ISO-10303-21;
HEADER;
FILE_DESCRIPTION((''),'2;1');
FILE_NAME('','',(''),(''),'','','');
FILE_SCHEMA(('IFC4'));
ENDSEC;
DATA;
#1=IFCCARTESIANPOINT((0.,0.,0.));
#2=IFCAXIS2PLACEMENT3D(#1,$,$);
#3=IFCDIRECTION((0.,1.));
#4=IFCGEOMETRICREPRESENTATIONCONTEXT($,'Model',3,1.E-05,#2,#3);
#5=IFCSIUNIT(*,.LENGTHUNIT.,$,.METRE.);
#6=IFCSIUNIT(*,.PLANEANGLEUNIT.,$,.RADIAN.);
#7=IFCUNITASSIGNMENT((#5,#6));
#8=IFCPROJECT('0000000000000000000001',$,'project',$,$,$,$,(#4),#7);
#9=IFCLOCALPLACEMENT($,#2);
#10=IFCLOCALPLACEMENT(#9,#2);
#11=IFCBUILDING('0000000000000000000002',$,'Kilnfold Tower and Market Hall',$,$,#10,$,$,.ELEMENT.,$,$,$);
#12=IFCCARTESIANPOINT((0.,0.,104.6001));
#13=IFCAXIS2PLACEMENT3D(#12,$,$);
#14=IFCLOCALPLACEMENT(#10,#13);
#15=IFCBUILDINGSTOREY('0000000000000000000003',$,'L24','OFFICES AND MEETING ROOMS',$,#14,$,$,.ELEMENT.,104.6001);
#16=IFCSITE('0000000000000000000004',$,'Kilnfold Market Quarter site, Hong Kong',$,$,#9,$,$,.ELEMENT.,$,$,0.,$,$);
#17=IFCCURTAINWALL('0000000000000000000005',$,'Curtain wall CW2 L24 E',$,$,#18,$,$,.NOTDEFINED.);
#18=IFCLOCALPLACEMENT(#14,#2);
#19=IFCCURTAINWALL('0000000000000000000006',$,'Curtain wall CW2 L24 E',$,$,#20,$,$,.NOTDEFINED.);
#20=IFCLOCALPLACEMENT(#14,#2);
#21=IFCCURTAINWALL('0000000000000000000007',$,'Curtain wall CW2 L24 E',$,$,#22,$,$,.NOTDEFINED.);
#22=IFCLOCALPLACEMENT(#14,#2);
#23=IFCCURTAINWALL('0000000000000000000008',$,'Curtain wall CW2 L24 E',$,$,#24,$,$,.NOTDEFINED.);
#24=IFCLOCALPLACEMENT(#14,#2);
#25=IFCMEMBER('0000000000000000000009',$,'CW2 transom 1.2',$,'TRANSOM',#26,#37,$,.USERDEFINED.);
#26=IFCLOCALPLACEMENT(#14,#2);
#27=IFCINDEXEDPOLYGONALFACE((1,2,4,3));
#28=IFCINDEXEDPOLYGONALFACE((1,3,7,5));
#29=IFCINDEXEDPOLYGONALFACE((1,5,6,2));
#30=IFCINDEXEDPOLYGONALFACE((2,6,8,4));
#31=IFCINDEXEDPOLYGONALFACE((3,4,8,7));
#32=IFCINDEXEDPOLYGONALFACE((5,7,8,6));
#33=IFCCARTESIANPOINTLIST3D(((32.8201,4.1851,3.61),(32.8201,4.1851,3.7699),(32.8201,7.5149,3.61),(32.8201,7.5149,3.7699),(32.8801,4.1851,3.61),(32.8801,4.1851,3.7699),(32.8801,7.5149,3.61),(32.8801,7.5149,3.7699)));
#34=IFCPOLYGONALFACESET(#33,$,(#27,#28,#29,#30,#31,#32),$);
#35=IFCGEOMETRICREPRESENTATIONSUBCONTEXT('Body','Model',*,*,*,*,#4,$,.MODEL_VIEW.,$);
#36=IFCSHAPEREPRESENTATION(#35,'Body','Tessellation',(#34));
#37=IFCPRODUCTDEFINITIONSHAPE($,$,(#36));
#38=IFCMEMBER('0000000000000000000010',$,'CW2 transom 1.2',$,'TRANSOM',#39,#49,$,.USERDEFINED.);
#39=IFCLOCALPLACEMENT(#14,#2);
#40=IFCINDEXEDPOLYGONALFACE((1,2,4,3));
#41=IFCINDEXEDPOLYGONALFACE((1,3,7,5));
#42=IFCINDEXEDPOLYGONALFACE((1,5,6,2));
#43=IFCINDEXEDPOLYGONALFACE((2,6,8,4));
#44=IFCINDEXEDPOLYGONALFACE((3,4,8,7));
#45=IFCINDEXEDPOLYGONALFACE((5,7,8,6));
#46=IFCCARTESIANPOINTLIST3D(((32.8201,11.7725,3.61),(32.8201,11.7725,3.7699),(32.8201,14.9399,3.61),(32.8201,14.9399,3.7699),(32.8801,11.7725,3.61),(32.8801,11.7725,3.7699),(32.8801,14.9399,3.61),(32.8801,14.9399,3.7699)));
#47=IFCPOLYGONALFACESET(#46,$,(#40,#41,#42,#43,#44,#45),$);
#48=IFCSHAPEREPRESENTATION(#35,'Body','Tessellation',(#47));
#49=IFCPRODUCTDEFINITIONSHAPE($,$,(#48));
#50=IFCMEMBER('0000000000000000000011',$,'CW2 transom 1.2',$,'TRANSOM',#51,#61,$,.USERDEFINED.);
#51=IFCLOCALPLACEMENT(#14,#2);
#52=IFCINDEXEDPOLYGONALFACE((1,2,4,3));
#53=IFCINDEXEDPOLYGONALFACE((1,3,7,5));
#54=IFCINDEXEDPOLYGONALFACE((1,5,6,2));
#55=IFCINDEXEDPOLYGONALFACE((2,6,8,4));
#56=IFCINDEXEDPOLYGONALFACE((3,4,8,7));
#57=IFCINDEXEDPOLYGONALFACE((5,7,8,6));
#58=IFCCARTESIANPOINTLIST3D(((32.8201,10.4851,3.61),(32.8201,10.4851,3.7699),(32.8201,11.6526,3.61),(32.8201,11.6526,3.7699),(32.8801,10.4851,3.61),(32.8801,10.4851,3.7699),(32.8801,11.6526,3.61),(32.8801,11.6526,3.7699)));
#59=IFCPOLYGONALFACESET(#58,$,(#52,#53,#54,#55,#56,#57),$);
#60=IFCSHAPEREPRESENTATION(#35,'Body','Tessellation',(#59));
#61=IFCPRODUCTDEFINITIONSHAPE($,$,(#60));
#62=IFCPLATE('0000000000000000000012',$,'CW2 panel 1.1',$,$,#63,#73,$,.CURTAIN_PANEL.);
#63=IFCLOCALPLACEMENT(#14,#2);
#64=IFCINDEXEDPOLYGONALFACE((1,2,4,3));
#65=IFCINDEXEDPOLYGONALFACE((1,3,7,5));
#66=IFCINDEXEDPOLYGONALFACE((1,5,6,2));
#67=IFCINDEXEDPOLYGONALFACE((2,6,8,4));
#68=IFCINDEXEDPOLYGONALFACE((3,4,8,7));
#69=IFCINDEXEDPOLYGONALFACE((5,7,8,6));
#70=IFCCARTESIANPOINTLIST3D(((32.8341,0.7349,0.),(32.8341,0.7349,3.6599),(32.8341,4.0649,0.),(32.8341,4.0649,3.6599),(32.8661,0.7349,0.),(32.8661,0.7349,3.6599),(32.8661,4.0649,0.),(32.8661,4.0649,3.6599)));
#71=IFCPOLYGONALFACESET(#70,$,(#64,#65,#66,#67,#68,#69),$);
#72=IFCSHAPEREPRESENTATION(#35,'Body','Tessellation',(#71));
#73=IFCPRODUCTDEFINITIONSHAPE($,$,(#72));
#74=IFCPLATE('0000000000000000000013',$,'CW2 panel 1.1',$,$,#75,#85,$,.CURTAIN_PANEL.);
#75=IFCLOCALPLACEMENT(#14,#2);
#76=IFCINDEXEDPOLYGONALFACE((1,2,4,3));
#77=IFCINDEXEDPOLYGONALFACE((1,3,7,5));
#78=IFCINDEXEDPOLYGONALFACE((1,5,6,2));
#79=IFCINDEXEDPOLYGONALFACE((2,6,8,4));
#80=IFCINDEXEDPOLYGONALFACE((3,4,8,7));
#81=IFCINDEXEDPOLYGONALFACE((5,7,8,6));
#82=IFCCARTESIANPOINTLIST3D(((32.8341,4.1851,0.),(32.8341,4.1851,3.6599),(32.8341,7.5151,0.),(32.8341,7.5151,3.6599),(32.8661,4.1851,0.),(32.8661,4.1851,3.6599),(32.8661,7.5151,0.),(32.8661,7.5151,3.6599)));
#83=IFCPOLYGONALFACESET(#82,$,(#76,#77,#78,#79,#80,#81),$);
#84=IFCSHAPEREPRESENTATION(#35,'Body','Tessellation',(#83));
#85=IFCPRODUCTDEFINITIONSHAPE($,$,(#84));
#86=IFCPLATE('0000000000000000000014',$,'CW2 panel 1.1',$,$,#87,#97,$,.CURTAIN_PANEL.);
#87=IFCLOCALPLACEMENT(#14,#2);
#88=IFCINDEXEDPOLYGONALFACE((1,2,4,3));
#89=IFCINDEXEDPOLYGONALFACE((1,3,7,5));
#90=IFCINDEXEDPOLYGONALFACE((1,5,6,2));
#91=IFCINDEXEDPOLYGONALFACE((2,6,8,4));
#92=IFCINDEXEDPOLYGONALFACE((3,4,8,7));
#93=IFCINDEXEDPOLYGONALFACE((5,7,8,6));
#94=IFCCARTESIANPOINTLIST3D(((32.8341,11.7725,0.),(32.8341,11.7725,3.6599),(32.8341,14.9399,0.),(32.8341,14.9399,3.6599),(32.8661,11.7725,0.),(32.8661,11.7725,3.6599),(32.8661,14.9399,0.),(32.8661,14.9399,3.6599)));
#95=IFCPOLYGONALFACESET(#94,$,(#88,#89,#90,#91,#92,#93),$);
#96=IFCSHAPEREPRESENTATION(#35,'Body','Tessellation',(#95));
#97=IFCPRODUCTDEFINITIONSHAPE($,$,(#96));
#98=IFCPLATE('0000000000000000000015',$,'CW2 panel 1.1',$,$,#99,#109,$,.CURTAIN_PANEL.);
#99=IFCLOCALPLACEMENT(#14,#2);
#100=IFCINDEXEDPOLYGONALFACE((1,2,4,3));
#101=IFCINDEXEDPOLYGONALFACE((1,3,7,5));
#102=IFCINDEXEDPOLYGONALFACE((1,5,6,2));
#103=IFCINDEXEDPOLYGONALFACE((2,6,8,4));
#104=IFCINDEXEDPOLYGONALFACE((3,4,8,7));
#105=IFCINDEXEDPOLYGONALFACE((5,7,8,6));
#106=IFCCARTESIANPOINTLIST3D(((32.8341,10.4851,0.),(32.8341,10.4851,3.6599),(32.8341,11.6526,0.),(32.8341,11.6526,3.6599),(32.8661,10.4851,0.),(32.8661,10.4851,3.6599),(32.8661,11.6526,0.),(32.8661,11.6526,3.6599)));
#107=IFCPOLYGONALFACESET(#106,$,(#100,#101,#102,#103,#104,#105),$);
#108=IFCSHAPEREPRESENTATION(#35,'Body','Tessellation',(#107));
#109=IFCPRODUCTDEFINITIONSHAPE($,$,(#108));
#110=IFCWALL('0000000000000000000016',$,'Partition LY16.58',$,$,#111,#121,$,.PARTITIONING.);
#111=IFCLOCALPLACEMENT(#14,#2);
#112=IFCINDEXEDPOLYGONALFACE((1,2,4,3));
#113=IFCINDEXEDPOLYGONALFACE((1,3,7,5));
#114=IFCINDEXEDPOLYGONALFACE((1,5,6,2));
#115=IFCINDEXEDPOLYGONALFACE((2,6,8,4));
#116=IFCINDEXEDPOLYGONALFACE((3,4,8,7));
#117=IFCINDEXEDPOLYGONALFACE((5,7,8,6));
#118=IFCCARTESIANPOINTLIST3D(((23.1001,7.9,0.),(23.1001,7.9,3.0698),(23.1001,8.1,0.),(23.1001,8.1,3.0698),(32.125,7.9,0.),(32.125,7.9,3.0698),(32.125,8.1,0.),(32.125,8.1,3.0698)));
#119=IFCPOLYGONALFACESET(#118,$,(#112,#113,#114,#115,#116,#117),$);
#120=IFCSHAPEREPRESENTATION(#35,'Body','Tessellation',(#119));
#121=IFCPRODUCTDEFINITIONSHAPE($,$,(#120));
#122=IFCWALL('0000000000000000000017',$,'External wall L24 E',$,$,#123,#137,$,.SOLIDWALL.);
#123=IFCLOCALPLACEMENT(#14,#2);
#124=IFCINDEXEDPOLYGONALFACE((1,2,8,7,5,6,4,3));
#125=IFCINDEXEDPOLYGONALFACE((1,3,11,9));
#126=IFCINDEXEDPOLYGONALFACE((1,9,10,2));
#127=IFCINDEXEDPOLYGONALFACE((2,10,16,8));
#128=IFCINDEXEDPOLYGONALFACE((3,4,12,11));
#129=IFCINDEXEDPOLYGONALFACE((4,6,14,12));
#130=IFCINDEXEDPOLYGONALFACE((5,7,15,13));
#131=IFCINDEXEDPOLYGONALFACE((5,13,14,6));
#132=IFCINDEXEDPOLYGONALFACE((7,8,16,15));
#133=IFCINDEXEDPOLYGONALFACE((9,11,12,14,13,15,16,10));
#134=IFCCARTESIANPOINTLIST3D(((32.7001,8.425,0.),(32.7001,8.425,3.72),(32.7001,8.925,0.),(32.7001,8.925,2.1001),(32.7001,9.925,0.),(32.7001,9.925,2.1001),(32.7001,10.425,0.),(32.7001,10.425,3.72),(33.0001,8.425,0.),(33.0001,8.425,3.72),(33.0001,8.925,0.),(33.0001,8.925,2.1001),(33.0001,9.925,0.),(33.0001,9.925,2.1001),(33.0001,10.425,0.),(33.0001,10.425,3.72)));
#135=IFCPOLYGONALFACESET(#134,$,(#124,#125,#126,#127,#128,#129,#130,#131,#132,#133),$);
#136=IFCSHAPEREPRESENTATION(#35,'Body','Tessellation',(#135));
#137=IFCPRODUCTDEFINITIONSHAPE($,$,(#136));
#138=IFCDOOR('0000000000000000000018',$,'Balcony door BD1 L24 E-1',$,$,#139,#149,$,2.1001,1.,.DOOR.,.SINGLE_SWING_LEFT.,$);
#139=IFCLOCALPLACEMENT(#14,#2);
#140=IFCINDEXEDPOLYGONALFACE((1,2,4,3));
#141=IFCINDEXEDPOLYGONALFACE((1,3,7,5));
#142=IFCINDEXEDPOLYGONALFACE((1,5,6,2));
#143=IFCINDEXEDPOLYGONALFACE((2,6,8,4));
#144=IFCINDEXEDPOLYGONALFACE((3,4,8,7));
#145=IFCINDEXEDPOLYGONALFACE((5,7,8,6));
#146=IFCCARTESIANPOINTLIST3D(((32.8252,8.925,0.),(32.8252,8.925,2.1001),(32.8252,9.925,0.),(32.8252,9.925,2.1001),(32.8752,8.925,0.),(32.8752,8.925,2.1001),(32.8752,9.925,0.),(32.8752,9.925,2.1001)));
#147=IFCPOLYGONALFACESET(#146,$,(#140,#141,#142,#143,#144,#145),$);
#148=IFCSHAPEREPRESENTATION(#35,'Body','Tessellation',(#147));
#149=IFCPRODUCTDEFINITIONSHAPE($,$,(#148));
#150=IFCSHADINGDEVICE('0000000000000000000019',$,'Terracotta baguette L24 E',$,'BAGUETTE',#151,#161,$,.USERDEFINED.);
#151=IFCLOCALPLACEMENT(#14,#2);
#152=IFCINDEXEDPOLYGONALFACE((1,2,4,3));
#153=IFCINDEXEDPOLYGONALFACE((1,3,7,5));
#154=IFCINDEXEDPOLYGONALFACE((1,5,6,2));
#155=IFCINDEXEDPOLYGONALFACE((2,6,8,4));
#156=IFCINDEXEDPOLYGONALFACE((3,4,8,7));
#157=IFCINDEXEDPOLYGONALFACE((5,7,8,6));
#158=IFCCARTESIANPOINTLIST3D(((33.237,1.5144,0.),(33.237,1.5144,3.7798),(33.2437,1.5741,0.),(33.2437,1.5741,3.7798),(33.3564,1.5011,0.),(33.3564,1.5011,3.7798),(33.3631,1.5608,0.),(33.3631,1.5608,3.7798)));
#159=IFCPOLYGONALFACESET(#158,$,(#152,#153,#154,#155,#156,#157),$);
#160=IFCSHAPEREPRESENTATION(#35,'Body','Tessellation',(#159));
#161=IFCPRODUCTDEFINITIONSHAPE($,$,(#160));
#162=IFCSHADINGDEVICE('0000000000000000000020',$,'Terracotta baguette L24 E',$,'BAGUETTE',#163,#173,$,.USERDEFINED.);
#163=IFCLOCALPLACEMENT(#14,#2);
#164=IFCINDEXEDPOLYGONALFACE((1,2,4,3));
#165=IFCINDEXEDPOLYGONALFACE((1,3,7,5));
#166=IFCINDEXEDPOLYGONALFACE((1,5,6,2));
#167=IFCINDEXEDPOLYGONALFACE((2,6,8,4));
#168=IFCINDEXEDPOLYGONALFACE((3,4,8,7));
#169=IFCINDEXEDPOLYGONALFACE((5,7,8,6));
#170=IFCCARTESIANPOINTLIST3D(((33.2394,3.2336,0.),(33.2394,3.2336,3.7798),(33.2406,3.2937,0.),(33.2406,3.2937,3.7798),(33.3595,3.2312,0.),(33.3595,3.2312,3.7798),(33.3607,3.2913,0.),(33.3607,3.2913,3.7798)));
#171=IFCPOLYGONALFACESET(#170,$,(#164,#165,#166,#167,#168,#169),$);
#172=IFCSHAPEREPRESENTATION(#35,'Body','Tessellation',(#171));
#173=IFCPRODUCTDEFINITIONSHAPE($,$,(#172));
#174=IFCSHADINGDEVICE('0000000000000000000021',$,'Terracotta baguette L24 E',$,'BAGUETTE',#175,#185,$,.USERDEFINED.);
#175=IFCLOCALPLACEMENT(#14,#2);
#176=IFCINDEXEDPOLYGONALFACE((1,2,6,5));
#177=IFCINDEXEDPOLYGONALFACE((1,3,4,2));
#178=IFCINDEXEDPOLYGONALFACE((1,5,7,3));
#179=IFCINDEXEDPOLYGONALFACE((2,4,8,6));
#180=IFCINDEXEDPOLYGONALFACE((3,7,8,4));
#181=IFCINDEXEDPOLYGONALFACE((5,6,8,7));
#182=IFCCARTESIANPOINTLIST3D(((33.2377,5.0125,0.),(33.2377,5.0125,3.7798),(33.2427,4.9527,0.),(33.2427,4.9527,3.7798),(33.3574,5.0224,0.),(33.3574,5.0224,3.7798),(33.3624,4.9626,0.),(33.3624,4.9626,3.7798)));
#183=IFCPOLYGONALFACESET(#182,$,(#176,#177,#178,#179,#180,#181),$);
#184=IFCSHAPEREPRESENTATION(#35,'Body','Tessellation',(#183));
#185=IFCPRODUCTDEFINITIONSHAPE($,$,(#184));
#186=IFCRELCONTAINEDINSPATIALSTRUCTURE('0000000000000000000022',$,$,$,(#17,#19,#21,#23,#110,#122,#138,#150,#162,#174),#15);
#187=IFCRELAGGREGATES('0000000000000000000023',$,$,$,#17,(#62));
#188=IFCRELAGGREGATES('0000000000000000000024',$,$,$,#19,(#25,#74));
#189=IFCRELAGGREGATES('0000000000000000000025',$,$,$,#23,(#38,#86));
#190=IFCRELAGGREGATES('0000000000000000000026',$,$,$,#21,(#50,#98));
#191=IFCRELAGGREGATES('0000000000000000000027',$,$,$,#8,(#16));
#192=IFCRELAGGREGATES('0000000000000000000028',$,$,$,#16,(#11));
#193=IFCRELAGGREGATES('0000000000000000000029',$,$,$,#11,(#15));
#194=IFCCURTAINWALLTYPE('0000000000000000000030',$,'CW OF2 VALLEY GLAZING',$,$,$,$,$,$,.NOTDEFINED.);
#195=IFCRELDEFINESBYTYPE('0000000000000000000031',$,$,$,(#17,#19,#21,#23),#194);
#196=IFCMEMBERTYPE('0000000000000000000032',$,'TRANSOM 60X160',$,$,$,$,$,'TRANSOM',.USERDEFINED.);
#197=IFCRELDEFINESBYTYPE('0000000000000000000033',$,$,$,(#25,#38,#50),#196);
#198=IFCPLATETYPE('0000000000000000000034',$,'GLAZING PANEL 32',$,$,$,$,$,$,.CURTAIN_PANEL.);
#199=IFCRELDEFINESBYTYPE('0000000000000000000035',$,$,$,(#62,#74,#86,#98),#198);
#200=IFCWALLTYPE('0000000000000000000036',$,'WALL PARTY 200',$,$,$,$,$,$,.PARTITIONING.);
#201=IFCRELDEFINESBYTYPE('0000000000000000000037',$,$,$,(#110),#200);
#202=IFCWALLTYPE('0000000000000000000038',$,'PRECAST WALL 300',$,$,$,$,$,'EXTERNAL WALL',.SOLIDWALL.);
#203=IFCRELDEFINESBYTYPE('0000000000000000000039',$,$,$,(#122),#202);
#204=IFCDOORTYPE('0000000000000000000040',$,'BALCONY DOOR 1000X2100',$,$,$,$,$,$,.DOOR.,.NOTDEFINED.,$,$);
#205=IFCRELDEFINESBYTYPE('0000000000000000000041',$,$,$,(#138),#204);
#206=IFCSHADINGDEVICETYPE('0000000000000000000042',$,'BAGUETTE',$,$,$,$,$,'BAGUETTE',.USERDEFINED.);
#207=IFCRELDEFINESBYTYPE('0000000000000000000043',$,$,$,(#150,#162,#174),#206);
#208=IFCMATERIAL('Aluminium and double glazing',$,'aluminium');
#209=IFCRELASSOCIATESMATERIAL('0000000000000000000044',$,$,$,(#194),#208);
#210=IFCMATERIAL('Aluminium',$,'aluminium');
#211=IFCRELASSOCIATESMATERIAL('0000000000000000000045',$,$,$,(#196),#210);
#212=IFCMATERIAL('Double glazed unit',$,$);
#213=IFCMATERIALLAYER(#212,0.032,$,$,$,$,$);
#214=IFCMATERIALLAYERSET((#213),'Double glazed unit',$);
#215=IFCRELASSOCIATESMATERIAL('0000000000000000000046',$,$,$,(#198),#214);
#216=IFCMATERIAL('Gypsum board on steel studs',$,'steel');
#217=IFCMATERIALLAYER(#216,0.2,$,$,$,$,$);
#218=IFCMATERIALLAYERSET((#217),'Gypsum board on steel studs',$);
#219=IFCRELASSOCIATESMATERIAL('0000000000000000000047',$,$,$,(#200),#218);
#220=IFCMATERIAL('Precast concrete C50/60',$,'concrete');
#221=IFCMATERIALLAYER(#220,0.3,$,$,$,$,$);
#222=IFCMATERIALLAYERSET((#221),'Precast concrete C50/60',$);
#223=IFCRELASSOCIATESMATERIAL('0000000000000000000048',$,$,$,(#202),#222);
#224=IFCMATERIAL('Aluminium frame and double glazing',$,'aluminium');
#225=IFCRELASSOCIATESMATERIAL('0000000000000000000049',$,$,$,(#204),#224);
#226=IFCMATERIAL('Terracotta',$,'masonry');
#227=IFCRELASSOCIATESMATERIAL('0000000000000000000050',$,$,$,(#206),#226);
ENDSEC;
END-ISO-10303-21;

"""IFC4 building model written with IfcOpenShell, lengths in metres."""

from ifc_helpers import new_model, si_unit, direction, frame, frame_2d, origin, origin_2d, place, context, subcontext, project, spatial, rectangle, extrude, source, transform, mapped, material, layer, layer_set, material_profile, profile_set, type_object, element, fill, aggregate, save


model = new_model("IFC4")

# Units and contexts
model_context = context("Model", 3, precision=1e-05, world=origin(), true_north=direction((0.0, 1.0)))
body_context = subcontext(model_context, "Body", "Model", "MODEL_VIEW")
ifc_project = project(units=[si_unit("LENGTHUNIT", "METRE"), si_unit("PLANEANGLEUNIT", "RADIAN")], contexts=[model_context])

# Site, building, storey
site_placement = place(None, origin())
site = spatial("IfcSite", under=ifc_project, at=site_placement, Name="Kilnfold Market Quarter site, Hong Kong", CompositionType="ELEMENT", RefElevation=0.0)
building_placement = place(site_placement, origin())
building = spatial("IfcBuilding", under=site, at=building_placement, Name="Kilnfold Tower and Market Hall", CompositionType="ELEMENT")
storey_placement = place(building_placement, frame((0.0, 0.0, 104.6001)))
storey = spatial("IfcBuildingStorey", under=building, at=storey_placement, Name="L24", Description="OFFICES AND MEETING ROOMS", CompositionType="ELEMENT", Elevation=104.6001)

# Curtain walls
ifc_material_1 = material(Name="Aluminium and double glazing", Category="aluminium")
curtain_wall_type = type_object("IfcCurtainWallType", Name="CW OF2 VALLEY GLAZING", PredefinedType="NOTDEFINED", material=ifc_material_1)
curtain_wall_1_placement = place(storey_placement, origin())
curtain_wall_1 = element("IfcCurtainWall", 1, at=curtain_wall_1_placement, inside=storey, type_object=curtain_wall_type, Name="Curtain wall CW2 L24 E", PredefinedType="NOTDEFINED")
curtain_wall_2_placement = place(storey_placement, origin())
curtain_wall_2 = element("IfcCurtainWall", 2, at=curtain_wall_2_placement, inside=storey, type_object=curtain_wall_type, Name="Curtain wall CW2 L24 E", PredefinedType="NOTDEFINED")
curtain_wall_3_placement = place(storey_placement, origin())
curtain_wall_3 = element("IfcCurtainWall", 3, at=curtain_wall_3_placement, inside=storey, type_object=curtain_wall_type, Name="Curtain wall CW2 L24 E", PredefinedType="NOTDEFINED")

# Curtain wall
curtain_wall_4_placement = place(storey_placement, origin())
curtain_wall_4 = element("IfcCurtainWall", 4, at=curtain_wall_4_placement, inside=storey, type_object=curtain_wall_type, Name="Curtain wall CW2 L24 E", PredefinedType="NOTDEFINED")

# Members
ifc_material_2 = material(Name="Aluminium", Category="aluminium")
ifc_material_profile_1 = material_profile(ifc_material_2, rectangle(XDim=0.0601, YDim=0.1599, at=origin_2d()), Name="TRANSOM 60x160")
ifc_profile_set_1 = profile_set([ifc_material_profile_1], Name="Aluminium")
member_type_1 = type_object("IfcMemberType", Name="TRANSOM 60X160", ElementType="TRANSOM", PredefinedType="USERDEFINED", material=ifc_profile_set_1)
shared_shape_1 = source(origin(), body_context, "Body", "SweptSolid", [
    extrude(rectangle(XDim=0.0601, YDim=0.1599, at=origin_2d()), origin(), (0.0, 0.0, 1.0), 3.3298),
])
member_1_placement = place(storey_placement, frame((32.8501, 4.1851, 3.6899), z_axis=(0.0, 1.0, 0.0), x_axis=(-1.0, 0.0, 0.0)))
member_1 = element("IfcMember", 5, at=member_1_placement, type_object=member_type_1, Name="CW2 transom 1.2", ObjectType="TRANSOM", PredefinedType="USERDEFINED", context=body_context, shape_type="MappedRepresentation", body=[
    mapped(shared_shape_1, transform((0.0, 0.0, 0.0))),
])
shared_shape_2 = source(origin(), body_context, "Body", "SweptSolid", [
    extrude(rectangle(XDim=0.0601, YDim=0.1599, at=origin_2d()), origin(), (0.0, 0.0, 1.0), 3.1675),
])
member_2_placement = place(storey_placement, frame((32.8501, 11.7725, 3.6899), z_axis=(0.0, 1.0, 0.0), x_axis=(-1.0, 0.0, 0.0)))
member_2 = element("IfcMember", 6, at=member_2_placement, type_object=member_type_1, Name="CW2 transom 1.2", ObjectType="TRANSOM", PredefinedType="USERDEFINED", context=body_context, shape_type="MappedRepresentation", body=[
    mapped(shared_shape_2, transform((0.0, 0.0, 0.0))),
])
shared_shape_3 = source(origin(), body_context, "Body", "SweptSolid", [
    extrude(rectangle(XDim=0.0601, YDim=0.1599, at=origin_2d()), origin(), (0.0, 0.0, 1.0), 1.1675),
])
member_3_placement = place(storey_placement, frame((32.8501, 10.4851, 3.6899), z_axis=(0.0, 1.0, 0.0), x_axis=(-1.0, 0.0, 0.0)))
member_3 = element("IfcMember", 7, at=member_3_placement, type_object=member_type_1, Name="CW2 transom 1.2", ObjectType="TRANSOM", PredefinedType="USERDEFINED", context=body_context, shape_type="MappedRepresentation", body=[
    mapped(shared_shape_3, transform((0.0, 0.0, 0.0))),
])

# Plates
ifc_material_3 = material(Name="Double glazed unit")
ifc_layer_1 = layer(ifc_material_3, 0.032)
ifc_layer_set_1 = layer_set([ifc_layer_1], Name="Double glazed unit")
plate_type = type_object("IfcPlateType", Name="GLAZING PANEL 32", PredefinedType="CURTAIN_PANEL", material=ifc_layer_set_1)
shared_shape_4 = source(origin(), body_context, "Body", "SweptSolid", [
    extrude(rectangle(XDim=3.3301, YDim=0.032, at=origin_2d()), origin(), (0.0, 0.0, 1.0), 3.6599),
])
plate_1_placement = place(storey_placement, frame((32.8501, 2.3999, 0.0), z_axis=(0.0, 0.0, 1.0), x_axis=(0.0, 1.0, 0.0)))
plate_1 = element("IfcPlate", 8, at=plate_1_placement, type_object=plate_type, Name="CW2 panel 1.1", PredefinedType="CURTAIN_PANEL", context=body_context, shape_type="MappedRepresentation", body=[
    mapped(shared_shape_4, transform((0.0, 0.0, 0.0))),
])
aggregate(curtain_wall_1, [plate_1])
plate_2_placement = place(storey_placement, frame((32.8501, 5.8501, 0.0), z_axis=(0.0, 0.0, 1.0), x_axis=(0.0, 1.0, 0.0)))
plate_2 = element("IfcPlate", 9, at=plate_2_placement, type_object=plate_type, Name="CW2 panel 1.1", PredefinedType="CURTAIN_PANEL", context=body_context, shape_type="MappedRepresentation", body=[
    mapped(shared_shape_4, transform((0.0, 0.0, 0.0))),
])
aggregate(curtain_wall_2, [member_1, plate_2])
shared_shape_5 = source(origin(), body_context, "Body", "SweptSolid", [
    extrude(rectangle(XDim=3.1675, YDim=0.032, at=origin_2d()), origin(), (0.0, 0.0, 1.0), 3.6599),
])
plate_3_placement = place(storey_placement, frame((32.8501, 13.3562, 0.0), z_axis=(0.0, 0.0, 1.0), x_axis=(0.0, 1.0, 0.0)))
plate_3 = element("IfcPlate", 10, at=plate_3_placement, type_object=plate_type, Name="CW2 panel 1.1", PredefinedType="CURTAIN_PANEL", context=body_context, shape_type="MappedRepresentation", body=[
    mapped(shared_shape_5, transform((0.0, 0.0, 0.0))),
])
aggregate(curtain_wall_4, [member_2, plate_3])
shared_shape_6 = source(origin(), body_context, "Body", "SweptSolid", [
    extrude(rectangle(XDim=1.1675, YDim=0.032, at=origin_2d()), origin(), (0.0, 0.0, 1.0), 3.6599),
])
plate_4_placement = place(storey_placement, frame((32.8501, 11.0688, 0.0), z_axis=(0.0, 0.0, 1.0), x_axis=(0.0, 1.0, 0.0)))
plate_4 = element("IfcPlate", 11, at=plate_4_placement, type_object=plate_type, Name="CW2 panel 1.1", PredefinedType="CURTAIN_PANEL", context=body_context, shape_type="MappedRepresentation", body=[
    mapped(shared_shape_6, transform((0.0, 0.0, 0.0))),
])
aggregate(curtain_wall_3, [member_3, plate_4])

# Wall
ifc_material_4 = material(Name="Gypsum board on steel studs", Category="steel")
ifc_layer_2 = layer(ifc_material_4, 0.2)
ifc_layer_set_2 = layer_set([ifc_layer_2], Name="Gypsum board on steel studs")
wall_type_1 = type_object("IfcWallType", Name="WALL PARTY 200", PredefinedType="PARTITIONING", material=ifc_layer_set_2)
wall_1_placement = place(storey_placement, frame((23.1001, 8.0, 0.0), z_axis=(0.0, 0.0, 1.0), x_axis=(1.0, 0.0, 0.0)))
element("IfcWall", 12, at=wall_1_placement, inside=storey, type_object=wall_type_1, Name="Partition LY16.58", PredefinedType="PARTITIONING", context=body_context, shape_type="SweptSolid", body=[
    extrude(rectangle(XDim=9.0249, YDim=0.2, at=frame_2d((4.5125, 0.0))), origin(), (0.0, 0.0, 1.0), 3.0698),
])

# Wall, opening, door
ifc_material_5 = material(Name="Precast concrete C50/60", Category="concrete")
ifc_layer_3 = layer(ifc_material_5, 0.3)
ifc_layer_set_3 = layer_set([ifc_layer_3], Name="Precast concrete C50/60")
wall_type_2 = type_object("IfcWallType", Name="PRECAST WALL 300", ElementType="EXTERNAL WALL", PredefinedType="SOLIDWALL", material=ifc_layer_set_3)
shared_shape_7 = source(origin(), body_context, "Body", "SweptSolid", [
    extrude(rectangle(XDim=2.0, YDim=0.3, at=frame_2d((1.0, 0.0))), origin(), (0.0, 0.0, 1.0), 3.72),
])
wall_2_placement = place(storey_placement, frame((32.8501, 8.425, 0.0), z_axis=(0.0, 0.0, 1.0), x_axis=(0.0, 1.0, 0.0)))
wall_2 = element("IfcWall", 13, at=wall_2_placement, inside=storey, type_object=wall_type_2, Name="External wall L24 E", PredefinedType="SOLIDWALL", context=body_context, shape_type="MappedRepresentation", body=[
    mapped(shared_shape_7, transform((0.0, 0.0, 0.0))),
])
opening_placement = place(wall_2_placement, frame((0.5, 0.0, 0.0)))
opening = element("IfcOpeningElement", 14, at=opening_placement, cuts=wall_2, PredefinedType="OPENING", context=body_context, shape_type="SweptSolid", body=[
    extrude(rectangle(XDim=1.0, YDim=2.1001, at=frame_2d((0.5, 1.05))), frame((0.0, 0.1602, 0.0), z_axis=(0.0, -1.0, 0.0), x_axis=(1.0, 0.0, 0.0)), (0.0, 0.0, 1.0), 0.3201),
])
ifc_material_6 = material(Name="Aluminium frame and double glazing", Category="aluminium")
door_type = type_object("IfcDoorType", Name="BALCONY DOOR 1000X2100", OperationType="NOTDEFINED", PredefinedType="DOOR", material=ifc_material_6)
door_placement = place(opening_placement, origin())
door = element("IfcDoor", 15, at=door_placement, inside=storey, type_object=door_type, Name="Balcony door BD1 L24 E-1", OperationType="SINGLE_SWING_LEFT", OverallHeight=2.1001, OverallWidth=1.0, PredefinedType="DOOR", context=body_context, shape_type="SweptSolid", body=[
    extrude(rectangle(XDim=1.0, YDim=2.1001, at=frame_2d((0.5, 1.05))), frame((0.0, 0.0249, 0.0), z_axis=(0.0, -1.0, 0.0), x_axis=(1.0, 0.0, 0.0)), (0.0, 0.0, 1.0), 0.05),
])
fill(opening, door)

# Shading devices
ifc_material_7 = material(Name="Terracotta", Category="masonry")
ifc_material_profile_2 = material_profile(ifc_material_7, rectangle(XDim=0.0601, YDim=0.1201, at=origin_2d()), Name="BAG 60x120")
ifc_profile_set_2 = profile_set([ifc_material_profile_2], Name="Terracotta")
shading_device_type = type_object("IfcShadingDeviceType", Name="BAGUETTE", ElementType="BAGUETTE", PredefinedType="USERDEFINED", material=ifc_profile_set_2)
shared_shape_8 = source(origin(), body_context, "Body", "SweptSolid", [
    extrude(rectangle(XDim=0.0601, YDim=0.1201, at=origin_2d()), origin(), (0.0, 0.0, 1.0), 3.7798),
])
for number, where, z_axis, x_axis, name in (
    (16, (33.3, 1.5376, 0.0), (0.0, 0.0, 1.0), (0.110511, 0.993875, 0.0), "Terracotta baguette L24 E"),
    (17, (33.3, 3.2625, 0.0), (0.0, 0.0, 1.0), (0.019719, 0.999806, 0.0), "Terracotta baguette L24 E"),
    (18, (33.3, 4.9875, 0.0), (0.0, 0.0, 1.0), (-0.082445, 0.996596, 0.0), "Terracotta baguette L24 E"),
):
    element("IfcShadingDevice", number, at=place(storey_placement, frame(where, z_axis=z_axis, x_axis=x_axis)), inside=storey, type_object=shading_device_type, Name=name, ObjectType="BAGUETTE", PredefinedType="USERDEFINED", context=body_context, shape_type="MappedRepresentation", body=[
        mapped(shared_shape_8, transform((0.0, 0.0, 0.0))),
    ])

save(model, "model.ifc")
